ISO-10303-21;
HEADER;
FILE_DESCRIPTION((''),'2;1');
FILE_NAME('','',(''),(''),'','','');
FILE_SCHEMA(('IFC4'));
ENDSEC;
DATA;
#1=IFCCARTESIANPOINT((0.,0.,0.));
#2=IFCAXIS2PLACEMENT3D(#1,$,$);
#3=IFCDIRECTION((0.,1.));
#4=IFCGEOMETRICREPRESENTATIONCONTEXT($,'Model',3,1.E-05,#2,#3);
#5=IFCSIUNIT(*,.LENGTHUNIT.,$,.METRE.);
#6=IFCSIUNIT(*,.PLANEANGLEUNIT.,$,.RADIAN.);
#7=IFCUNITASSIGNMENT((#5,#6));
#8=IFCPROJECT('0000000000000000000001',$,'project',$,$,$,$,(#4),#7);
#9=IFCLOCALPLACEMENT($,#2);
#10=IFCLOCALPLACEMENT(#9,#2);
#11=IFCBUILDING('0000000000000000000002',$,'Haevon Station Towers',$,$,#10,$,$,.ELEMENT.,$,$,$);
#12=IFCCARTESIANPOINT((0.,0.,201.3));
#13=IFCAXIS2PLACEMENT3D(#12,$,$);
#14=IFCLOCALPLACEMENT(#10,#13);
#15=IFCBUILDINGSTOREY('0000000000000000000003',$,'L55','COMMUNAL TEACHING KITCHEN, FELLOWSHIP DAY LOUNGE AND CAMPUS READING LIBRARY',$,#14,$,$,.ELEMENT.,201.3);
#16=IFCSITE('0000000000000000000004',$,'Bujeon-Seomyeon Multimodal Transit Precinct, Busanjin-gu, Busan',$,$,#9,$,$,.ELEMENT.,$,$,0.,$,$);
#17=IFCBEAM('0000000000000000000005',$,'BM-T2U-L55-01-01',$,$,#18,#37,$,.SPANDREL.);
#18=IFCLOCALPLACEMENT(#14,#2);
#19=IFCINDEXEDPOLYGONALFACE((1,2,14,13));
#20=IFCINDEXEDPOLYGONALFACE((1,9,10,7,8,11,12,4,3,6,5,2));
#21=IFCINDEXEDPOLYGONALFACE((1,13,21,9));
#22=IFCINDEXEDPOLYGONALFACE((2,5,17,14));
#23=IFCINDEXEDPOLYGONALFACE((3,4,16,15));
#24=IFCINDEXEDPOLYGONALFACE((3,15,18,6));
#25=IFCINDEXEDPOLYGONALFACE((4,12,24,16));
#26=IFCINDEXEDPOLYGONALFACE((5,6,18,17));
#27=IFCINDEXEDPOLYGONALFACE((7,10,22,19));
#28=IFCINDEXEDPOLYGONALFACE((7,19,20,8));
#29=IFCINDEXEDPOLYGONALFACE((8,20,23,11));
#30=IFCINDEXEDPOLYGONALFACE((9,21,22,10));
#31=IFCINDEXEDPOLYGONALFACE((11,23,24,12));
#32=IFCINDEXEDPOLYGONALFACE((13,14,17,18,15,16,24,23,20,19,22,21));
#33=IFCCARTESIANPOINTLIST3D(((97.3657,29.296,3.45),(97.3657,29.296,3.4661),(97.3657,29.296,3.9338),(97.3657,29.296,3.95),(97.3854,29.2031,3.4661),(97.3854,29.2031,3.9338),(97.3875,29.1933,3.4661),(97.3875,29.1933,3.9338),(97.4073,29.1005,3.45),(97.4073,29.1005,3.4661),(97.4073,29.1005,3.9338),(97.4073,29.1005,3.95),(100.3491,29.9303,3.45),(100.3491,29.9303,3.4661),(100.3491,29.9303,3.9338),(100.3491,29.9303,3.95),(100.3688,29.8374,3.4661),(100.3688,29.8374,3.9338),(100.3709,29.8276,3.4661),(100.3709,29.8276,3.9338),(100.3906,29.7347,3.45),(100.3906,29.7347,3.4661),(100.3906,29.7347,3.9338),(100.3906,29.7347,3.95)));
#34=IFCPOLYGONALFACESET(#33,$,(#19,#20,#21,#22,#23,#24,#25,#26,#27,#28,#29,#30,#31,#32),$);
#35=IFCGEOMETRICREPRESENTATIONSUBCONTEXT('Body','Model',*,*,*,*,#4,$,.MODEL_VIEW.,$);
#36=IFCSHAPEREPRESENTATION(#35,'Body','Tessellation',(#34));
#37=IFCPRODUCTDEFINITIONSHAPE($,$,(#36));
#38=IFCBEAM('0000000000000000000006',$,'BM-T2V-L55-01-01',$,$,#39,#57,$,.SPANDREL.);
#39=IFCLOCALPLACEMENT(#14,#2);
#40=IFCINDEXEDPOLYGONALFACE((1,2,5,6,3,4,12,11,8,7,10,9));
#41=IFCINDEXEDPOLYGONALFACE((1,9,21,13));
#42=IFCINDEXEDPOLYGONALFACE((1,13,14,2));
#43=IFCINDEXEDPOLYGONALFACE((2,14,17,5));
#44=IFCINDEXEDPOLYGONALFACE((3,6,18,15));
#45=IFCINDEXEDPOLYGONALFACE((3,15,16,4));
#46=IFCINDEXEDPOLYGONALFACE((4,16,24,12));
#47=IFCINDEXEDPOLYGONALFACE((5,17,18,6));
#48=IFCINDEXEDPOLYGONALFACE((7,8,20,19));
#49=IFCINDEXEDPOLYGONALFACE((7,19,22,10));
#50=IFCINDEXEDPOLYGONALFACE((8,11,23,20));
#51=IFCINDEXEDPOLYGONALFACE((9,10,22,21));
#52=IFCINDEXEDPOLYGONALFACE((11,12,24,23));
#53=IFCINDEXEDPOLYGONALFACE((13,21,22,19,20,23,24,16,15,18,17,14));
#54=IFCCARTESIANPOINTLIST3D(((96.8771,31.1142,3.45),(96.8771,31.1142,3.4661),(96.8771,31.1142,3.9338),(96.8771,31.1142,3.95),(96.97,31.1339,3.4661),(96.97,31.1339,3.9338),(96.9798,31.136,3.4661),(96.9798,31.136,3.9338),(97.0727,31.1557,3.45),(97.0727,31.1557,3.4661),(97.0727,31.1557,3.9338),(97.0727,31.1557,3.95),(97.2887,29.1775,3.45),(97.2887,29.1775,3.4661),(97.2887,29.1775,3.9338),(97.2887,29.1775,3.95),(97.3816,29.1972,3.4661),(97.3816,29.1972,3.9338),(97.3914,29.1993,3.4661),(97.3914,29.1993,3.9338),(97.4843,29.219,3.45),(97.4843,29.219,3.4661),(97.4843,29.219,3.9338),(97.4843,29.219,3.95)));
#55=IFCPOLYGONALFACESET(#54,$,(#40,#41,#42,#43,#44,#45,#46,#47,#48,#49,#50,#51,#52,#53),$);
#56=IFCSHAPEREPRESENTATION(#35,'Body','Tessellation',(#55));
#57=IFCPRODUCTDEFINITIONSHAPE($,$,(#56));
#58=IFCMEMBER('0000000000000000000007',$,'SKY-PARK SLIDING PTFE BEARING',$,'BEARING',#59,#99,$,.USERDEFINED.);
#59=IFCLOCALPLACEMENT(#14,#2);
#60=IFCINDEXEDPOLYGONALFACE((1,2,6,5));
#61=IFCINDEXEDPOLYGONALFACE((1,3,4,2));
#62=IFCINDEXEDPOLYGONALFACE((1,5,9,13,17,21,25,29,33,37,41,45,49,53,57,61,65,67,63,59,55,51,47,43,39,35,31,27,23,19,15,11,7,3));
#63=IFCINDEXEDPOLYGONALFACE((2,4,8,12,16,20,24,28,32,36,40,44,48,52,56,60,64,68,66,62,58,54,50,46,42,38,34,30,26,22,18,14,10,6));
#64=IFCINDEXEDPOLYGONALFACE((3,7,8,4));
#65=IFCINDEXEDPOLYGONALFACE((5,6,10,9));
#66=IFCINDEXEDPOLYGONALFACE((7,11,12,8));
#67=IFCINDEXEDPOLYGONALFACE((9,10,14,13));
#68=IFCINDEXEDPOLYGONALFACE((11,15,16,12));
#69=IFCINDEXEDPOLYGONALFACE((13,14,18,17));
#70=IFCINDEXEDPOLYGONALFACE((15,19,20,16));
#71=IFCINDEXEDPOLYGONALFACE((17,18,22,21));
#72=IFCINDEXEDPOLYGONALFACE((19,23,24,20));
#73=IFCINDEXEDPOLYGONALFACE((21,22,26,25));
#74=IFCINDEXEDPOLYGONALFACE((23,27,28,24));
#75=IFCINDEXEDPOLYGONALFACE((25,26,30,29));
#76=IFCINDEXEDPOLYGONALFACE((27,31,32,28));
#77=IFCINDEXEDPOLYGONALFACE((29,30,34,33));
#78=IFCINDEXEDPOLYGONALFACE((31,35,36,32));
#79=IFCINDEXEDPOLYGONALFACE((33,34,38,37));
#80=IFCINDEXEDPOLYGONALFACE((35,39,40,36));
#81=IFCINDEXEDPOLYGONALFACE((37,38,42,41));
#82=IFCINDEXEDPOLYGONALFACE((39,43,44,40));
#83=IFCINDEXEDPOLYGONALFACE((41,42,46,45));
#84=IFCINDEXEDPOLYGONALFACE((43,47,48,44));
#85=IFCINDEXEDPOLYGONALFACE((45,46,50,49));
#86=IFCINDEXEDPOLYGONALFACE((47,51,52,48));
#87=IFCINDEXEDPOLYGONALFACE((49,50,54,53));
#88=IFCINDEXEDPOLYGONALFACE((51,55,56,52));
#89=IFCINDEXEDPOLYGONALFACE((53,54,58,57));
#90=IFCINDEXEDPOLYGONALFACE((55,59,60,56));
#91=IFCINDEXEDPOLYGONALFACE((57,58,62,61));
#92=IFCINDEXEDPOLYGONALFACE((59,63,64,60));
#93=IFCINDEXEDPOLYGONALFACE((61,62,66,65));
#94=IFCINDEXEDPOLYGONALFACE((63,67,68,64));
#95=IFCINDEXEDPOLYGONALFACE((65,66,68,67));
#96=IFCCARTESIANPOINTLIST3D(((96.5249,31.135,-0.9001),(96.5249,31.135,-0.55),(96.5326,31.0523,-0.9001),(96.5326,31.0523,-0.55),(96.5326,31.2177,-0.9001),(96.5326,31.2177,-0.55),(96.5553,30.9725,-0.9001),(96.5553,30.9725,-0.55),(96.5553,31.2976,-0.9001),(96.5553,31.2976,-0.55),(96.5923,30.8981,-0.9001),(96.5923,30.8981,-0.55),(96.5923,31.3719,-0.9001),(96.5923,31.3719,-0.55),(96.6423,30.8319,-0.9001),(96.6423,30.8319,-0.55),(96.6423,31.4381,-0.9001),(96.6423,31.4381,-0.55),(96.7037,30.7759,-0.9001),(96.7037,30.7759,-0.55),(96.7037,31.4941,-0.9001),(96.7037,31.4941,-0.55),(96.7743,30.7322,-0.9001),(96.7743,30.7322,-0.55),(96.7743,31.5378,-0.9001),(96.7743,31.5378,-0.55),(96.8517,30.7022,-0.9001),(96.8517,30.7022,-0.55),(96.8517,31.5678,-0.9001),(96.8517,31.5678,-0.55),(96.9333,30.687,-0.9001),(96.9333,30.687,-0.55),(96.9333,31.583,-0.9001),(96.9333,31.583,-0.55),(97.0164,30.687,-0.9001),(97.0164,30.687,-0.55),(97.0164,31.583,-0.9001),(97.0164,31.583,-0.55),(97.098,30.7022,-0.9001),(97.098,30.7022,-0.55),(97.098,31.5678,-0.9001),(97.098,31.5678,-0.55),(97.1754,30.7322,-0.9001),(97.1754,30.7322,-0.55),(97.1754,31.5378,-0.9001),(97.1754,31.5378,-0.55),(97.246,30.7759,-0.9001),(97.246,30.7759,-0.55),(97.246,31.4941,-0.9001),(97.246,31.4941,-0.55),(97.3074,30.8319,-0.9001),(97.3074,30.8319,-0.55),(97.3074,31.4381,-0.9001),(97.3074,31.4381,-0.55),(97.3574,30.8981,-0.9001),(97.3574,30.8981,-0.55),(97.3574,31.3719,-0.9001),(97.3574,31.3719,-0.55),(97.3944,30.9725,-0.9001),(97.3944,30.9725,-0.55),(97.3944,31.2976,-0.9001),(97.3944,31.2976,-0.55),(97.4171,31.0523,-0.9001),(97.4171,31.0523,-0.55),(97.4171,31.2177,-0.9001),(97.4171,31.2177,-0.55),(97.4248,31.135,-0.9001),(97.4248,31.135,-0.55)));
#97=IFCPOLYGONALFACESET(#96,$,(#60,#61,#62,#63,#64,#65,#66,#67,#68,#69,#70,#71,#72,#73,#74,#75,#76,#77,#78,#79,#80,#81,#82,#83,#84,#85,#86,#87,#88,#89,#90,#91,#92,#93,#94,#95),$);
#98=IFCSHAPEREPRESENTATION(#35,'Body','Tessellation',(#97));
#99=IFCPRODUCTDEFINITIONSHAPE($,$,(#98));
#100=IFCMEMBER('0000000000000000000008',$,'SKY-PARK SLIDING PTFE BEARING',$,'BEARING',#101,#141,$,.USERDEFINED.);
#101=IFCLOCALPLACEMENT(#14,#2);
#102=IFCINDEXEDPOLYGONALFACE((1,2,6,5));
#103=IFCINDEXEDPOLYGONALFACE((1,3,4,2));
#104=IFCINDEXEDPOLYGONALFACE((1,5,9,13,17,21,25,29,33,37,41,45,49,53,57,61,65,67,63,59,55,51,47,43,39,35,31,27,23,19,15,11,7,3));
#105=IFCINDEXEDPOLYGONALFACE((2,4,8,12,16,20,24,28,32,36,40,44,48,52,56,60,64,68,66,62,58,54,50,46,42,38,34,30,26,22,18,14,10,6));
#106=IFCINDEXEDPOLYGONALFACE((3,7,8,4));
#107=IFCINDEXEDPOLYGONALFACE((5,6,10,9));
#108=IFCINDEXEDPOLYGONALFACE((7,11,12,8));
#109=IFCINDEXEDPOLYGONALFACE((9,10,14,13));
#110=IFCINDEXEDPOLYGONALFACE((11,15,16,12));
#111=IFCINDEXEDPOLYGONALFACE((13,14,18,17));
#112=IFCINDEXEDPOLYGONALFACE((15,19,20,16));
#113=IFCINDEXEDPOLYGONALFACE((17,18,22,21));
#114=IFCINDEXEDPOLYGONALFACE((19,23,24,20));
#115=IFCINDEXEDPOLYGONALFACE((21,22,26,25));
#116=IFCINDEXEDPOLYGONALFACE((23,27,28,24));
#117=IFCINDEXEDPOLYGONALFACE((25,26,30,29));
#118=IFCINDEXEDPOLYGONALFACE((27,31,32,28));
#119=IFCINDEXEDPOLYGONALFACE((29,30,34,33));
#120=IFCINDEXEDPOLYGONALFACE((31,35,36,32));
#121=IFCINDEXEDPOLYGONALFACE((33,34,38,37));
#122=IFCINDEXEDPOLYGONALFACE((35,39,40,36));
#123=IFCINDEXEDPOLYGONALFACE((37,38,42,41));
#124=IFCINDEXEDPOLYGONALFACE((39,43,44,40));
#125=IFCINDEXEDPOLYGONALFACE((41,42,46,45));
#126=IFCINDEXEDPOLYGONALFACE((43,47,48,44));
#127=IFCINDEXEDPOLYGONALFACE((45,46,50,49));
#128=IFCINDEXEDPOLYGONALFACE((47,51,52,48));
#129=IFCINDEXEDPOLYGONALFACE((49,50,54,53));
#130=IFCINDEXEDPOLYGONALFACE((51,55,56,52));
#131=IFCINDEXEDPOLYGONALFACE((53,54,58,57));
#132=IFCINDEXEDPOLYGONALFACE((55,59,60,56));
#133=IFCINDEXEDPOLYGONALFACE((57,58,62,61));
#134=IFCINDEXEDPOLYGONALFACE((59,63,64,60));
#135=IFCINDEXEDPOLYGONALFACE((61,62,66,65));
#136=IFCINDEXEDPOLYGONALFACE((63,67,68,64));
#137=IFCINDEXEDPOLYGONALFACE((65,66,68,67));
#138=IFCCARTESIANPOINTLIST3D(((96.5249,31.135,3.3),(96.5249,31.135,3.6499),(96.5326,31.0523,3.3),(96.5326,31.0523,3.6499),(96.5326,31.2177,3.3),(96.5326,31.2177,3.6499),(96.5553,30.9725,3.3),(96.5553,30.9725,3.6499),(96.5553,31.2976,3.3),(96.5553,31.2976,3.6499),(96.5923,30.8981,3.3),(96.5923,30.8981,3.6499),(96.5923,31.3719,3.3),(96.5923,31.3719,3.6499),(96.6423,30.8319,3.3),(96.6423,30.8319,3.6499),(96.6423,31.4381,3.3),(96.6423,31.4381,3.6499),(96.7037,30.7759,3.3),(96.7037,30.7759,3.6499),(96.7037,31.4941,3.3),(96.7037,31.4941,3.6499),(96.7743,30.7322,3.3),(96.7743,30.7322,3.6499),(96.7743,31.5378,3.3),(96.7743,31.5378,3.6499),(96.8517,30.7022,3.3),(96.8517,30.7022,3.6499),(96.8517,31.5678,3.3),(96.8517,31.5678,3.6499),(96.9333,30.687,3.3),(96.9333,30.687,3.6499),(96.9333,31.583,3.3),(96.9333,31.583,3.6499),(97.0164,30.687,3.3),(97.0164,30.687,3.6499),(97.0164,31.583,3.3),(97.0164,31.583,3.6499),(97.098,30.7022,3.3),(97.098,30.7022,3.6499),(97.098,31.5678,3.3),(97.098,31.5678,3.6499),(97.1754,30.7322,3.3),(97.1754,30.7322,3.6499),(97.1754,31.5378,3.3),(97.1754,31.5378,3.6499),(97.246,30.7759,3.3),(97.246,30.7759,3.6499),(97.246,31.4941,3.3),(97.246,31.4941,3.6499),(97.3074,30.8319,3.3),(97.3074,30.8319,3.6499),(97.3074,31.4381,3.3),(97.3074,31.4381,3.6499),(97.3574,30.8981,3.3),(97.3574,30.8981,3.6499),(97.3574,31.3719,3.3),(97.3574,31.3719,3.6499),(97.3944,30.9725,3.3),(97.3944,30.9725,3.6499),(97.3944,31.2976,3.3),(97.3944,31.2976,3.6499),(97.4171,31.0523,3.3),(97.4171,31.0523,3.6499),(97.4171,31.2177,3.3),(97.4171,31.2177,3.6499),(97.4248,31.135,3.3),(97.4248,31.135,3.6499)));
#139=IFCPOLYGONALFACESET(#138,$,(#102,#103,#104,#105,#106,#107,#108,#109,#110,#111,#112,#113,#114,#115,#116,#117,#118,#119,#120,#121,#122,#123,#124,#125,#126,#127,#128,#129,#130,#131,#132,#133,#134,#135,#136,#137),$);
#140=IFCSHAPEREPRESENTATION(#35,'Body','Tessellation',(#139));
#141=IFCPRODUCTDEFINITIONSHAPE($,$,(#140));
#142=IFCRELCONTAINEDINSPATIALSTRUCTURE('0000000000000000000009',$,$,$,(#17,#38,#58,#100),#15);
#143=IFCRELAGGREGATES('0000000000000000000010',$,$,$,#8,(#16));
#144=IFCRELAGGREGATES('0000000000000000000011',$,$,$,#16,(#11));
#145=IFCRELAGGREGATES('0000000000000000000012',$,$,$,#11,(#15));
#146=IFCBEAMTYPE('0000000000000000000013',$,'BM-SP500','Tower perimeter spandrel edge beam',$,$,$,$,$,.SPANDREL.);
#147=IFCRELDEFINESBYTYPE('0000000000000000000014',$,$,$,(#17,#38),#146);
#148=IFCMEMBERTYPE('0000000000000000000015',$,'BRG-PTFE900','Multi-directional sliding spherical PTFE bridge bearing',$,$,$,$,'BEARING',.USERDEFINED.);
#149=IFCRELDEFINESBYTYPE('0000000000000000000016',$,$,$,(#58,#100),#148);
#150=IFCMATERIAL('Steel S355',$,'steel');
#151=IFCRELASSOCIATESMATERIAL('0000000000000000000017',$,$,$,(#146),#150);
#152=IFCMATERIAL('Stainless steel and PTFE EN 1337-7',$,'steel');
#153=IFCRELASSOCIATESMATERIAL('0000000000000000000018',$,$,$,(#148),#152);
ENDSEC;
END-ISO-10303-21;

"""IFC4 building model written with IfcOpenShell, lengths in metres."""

from ifc_helpers import new_model, si_unit, direction, frame, origin, origin_2d, place, context, subcontext, project, spatial, circle, i_section, extrude, material, material_profile, profile_set, type_object, element, save


model = new_model("IFC4")

# Units and contexts
model_context = context("Model", 3, precision=1e-05, world=origin(), true_north=direction((0.0, 1.0)))
body_context = subcontext(model_context, "Body", "Model", "MODEL_VIEW")
ifc_project = project(units=[si_unit("LENGTHUNIT", "METRE"), si_unit("PLANEANGLEUNIT", "RADIAN")], contexts=[model_context])

# Site, building, storey
site_placement = place(None, origin())
site = spatial("IfcSite", under=ifc_project, at=site_placement, Name="Bujeon-Seomyeon Multimodal Transit Precinct, Busanjin-gu, Busan", CompositionType="ELEMENT", RefElevation=0.0)
building_placement = place(site_placement, origin())
building = spatial("IfcBuilding", under=site, at=building_placement, Name="Haevon Station Towers", CompositionType="ELEMENT")
storey_placement = place(building_placement, frame((0.0, 0.0, 201.3)))
storey = spatial("IfcBuildingStorey", under=building, at=storey_placement, Name="L55", Description="COMMUNAL TEACHING KITCHEN, FELLOWSHIP DAY LOUNGE AND CAMPUS READING LIBRARY", CompositionType="ELEMENT", Elevation=201.3)

# Shared definitions
ifc_material_1 = material(Name="Steel S355", Category="steel")

# Beams
ifc_material_profile_1 = material_profile(ifc_material_1, i_section(OverallWidth=0.2, OverallDepth=0.5, WebThickness=0.01, FlangeThickness=0.0161, at=origin_2d()), Name="H-500x200x10x16")
ifc_profile_set_1 = profile_set([ifc_material_profile_1], Name="Steel S355")
beam_type_1 = type_object("IfcBeamType", Name="BM-SP500", Description="Tower perimeter spandrel edge beam", PredefinedType="SPANDREL", material=ifc_profile_set_1)
beam_1_placement = place(storey_placement, frame((97.3865, 29.1982, 3.7), z_axis=(0.978139, 0.207954, 0.0), x_axis=(-0.207954, 0.978139, 0.0)))
element("IfcBeam", 1, at=beam_1_placement, inside=storey, type_object=beam_type_1, Name="BM-T2U-L55-01-01", PredefinedType="SPANDREL", context=body_context, shape_type="SweptSolid", body=[
    extrude(i_section(OverallWidth=0.2, OverallDepth=0.5, WebThickness=0.01, FlangeThickness=0.0161, at=origin_2d()), origin(), (0.0, 0.0, 1.0), 3.05),
])
beam_2_placement = place(storey_placement, frame((97.3865, 29.1982, 3.7), z_axis=(-0.207887, 0.978153, 0.0), x_axis=(-0.978153, -0.207887, 0.0)))
element("IfcBeam", 2, at=beam_2_placement, inside=storey, type_object=beam_type_1, Name="BM-T2V-L55-01-01", PredefinedType="SPANDREL", context=body_context, shape_type="SweptSolid", body=[
    extrude(i_section(OverallWidth=0.2, OverallDepth=0.5, WebThickness=0.01, FlangeThickness=0.0161, at=origin_2d()), origin(), (0.0, 0.0, 1.0), 1.98),
])

# Members
ifc_material_2 = material(Name="Stainless steel and PTFE EN 1337-7", Category="steel")
ifc_material_profile_2 = material_profile(ifc_material_2, circle(Radius=0.45, at=origin_2d()), Name="PTFE-BEARING-D900")
ifc_profile_set_2 = profile_set([ifc_material_profile_2], Name="Stainless steel and PTFE EN 1337-7")
member_type_1 = type_object("IfcMemberType", Name="BRG-PTFE900", Description="Multi-directional sliding spherical PTFE bridge bearing", ElementType="BEARING", PredefinedType="USERDEFINED", material=ifc_profile_set_2)
member_1_placement = place(storey_placement, frame((96.9749, 31.135, -0.9001), z_axis=(0.0, 0.0, 1.0), x_axis=(1.0, 0.0, 0.0)))
element("IfcMember", 3, at=member_1_placement, inside=storey, type_object=member_type_1, Name="SKY-PARK SLIDING PTFE BEARING", ObjectType="BEARING", PredefinedType="USERDEFINED", context=body_context, shape_type="SweptSolid", body=[
    extrude(circle(Radius=0.45, at=origin_2d()), origin(), (0.0, 0.0, 1.0), 0.3501),
])
member_2_placement = place(storey_placement, frame((96.9749, 31.135, 3.3), z_axis=(0.0, 0.0, 1.0), x_axis=(1.0, 0.0, 0.0)))
element("IfcMember", 4, at=member_2_placement, inside=storey, type_object=member_type_1, Name="SKY-PARK SLIDING PTFE BEARING", ObjectType="BEARING", PredefinedType="USERDEFINED", context=body_context, shape_type="SweptSolid", body=[
    extrude(circle(Radius=0.45, at=origin_2d()), origin(), (0.0, 0.0, 1.0), 0.3499),
])

save(model, "model.ifc")
